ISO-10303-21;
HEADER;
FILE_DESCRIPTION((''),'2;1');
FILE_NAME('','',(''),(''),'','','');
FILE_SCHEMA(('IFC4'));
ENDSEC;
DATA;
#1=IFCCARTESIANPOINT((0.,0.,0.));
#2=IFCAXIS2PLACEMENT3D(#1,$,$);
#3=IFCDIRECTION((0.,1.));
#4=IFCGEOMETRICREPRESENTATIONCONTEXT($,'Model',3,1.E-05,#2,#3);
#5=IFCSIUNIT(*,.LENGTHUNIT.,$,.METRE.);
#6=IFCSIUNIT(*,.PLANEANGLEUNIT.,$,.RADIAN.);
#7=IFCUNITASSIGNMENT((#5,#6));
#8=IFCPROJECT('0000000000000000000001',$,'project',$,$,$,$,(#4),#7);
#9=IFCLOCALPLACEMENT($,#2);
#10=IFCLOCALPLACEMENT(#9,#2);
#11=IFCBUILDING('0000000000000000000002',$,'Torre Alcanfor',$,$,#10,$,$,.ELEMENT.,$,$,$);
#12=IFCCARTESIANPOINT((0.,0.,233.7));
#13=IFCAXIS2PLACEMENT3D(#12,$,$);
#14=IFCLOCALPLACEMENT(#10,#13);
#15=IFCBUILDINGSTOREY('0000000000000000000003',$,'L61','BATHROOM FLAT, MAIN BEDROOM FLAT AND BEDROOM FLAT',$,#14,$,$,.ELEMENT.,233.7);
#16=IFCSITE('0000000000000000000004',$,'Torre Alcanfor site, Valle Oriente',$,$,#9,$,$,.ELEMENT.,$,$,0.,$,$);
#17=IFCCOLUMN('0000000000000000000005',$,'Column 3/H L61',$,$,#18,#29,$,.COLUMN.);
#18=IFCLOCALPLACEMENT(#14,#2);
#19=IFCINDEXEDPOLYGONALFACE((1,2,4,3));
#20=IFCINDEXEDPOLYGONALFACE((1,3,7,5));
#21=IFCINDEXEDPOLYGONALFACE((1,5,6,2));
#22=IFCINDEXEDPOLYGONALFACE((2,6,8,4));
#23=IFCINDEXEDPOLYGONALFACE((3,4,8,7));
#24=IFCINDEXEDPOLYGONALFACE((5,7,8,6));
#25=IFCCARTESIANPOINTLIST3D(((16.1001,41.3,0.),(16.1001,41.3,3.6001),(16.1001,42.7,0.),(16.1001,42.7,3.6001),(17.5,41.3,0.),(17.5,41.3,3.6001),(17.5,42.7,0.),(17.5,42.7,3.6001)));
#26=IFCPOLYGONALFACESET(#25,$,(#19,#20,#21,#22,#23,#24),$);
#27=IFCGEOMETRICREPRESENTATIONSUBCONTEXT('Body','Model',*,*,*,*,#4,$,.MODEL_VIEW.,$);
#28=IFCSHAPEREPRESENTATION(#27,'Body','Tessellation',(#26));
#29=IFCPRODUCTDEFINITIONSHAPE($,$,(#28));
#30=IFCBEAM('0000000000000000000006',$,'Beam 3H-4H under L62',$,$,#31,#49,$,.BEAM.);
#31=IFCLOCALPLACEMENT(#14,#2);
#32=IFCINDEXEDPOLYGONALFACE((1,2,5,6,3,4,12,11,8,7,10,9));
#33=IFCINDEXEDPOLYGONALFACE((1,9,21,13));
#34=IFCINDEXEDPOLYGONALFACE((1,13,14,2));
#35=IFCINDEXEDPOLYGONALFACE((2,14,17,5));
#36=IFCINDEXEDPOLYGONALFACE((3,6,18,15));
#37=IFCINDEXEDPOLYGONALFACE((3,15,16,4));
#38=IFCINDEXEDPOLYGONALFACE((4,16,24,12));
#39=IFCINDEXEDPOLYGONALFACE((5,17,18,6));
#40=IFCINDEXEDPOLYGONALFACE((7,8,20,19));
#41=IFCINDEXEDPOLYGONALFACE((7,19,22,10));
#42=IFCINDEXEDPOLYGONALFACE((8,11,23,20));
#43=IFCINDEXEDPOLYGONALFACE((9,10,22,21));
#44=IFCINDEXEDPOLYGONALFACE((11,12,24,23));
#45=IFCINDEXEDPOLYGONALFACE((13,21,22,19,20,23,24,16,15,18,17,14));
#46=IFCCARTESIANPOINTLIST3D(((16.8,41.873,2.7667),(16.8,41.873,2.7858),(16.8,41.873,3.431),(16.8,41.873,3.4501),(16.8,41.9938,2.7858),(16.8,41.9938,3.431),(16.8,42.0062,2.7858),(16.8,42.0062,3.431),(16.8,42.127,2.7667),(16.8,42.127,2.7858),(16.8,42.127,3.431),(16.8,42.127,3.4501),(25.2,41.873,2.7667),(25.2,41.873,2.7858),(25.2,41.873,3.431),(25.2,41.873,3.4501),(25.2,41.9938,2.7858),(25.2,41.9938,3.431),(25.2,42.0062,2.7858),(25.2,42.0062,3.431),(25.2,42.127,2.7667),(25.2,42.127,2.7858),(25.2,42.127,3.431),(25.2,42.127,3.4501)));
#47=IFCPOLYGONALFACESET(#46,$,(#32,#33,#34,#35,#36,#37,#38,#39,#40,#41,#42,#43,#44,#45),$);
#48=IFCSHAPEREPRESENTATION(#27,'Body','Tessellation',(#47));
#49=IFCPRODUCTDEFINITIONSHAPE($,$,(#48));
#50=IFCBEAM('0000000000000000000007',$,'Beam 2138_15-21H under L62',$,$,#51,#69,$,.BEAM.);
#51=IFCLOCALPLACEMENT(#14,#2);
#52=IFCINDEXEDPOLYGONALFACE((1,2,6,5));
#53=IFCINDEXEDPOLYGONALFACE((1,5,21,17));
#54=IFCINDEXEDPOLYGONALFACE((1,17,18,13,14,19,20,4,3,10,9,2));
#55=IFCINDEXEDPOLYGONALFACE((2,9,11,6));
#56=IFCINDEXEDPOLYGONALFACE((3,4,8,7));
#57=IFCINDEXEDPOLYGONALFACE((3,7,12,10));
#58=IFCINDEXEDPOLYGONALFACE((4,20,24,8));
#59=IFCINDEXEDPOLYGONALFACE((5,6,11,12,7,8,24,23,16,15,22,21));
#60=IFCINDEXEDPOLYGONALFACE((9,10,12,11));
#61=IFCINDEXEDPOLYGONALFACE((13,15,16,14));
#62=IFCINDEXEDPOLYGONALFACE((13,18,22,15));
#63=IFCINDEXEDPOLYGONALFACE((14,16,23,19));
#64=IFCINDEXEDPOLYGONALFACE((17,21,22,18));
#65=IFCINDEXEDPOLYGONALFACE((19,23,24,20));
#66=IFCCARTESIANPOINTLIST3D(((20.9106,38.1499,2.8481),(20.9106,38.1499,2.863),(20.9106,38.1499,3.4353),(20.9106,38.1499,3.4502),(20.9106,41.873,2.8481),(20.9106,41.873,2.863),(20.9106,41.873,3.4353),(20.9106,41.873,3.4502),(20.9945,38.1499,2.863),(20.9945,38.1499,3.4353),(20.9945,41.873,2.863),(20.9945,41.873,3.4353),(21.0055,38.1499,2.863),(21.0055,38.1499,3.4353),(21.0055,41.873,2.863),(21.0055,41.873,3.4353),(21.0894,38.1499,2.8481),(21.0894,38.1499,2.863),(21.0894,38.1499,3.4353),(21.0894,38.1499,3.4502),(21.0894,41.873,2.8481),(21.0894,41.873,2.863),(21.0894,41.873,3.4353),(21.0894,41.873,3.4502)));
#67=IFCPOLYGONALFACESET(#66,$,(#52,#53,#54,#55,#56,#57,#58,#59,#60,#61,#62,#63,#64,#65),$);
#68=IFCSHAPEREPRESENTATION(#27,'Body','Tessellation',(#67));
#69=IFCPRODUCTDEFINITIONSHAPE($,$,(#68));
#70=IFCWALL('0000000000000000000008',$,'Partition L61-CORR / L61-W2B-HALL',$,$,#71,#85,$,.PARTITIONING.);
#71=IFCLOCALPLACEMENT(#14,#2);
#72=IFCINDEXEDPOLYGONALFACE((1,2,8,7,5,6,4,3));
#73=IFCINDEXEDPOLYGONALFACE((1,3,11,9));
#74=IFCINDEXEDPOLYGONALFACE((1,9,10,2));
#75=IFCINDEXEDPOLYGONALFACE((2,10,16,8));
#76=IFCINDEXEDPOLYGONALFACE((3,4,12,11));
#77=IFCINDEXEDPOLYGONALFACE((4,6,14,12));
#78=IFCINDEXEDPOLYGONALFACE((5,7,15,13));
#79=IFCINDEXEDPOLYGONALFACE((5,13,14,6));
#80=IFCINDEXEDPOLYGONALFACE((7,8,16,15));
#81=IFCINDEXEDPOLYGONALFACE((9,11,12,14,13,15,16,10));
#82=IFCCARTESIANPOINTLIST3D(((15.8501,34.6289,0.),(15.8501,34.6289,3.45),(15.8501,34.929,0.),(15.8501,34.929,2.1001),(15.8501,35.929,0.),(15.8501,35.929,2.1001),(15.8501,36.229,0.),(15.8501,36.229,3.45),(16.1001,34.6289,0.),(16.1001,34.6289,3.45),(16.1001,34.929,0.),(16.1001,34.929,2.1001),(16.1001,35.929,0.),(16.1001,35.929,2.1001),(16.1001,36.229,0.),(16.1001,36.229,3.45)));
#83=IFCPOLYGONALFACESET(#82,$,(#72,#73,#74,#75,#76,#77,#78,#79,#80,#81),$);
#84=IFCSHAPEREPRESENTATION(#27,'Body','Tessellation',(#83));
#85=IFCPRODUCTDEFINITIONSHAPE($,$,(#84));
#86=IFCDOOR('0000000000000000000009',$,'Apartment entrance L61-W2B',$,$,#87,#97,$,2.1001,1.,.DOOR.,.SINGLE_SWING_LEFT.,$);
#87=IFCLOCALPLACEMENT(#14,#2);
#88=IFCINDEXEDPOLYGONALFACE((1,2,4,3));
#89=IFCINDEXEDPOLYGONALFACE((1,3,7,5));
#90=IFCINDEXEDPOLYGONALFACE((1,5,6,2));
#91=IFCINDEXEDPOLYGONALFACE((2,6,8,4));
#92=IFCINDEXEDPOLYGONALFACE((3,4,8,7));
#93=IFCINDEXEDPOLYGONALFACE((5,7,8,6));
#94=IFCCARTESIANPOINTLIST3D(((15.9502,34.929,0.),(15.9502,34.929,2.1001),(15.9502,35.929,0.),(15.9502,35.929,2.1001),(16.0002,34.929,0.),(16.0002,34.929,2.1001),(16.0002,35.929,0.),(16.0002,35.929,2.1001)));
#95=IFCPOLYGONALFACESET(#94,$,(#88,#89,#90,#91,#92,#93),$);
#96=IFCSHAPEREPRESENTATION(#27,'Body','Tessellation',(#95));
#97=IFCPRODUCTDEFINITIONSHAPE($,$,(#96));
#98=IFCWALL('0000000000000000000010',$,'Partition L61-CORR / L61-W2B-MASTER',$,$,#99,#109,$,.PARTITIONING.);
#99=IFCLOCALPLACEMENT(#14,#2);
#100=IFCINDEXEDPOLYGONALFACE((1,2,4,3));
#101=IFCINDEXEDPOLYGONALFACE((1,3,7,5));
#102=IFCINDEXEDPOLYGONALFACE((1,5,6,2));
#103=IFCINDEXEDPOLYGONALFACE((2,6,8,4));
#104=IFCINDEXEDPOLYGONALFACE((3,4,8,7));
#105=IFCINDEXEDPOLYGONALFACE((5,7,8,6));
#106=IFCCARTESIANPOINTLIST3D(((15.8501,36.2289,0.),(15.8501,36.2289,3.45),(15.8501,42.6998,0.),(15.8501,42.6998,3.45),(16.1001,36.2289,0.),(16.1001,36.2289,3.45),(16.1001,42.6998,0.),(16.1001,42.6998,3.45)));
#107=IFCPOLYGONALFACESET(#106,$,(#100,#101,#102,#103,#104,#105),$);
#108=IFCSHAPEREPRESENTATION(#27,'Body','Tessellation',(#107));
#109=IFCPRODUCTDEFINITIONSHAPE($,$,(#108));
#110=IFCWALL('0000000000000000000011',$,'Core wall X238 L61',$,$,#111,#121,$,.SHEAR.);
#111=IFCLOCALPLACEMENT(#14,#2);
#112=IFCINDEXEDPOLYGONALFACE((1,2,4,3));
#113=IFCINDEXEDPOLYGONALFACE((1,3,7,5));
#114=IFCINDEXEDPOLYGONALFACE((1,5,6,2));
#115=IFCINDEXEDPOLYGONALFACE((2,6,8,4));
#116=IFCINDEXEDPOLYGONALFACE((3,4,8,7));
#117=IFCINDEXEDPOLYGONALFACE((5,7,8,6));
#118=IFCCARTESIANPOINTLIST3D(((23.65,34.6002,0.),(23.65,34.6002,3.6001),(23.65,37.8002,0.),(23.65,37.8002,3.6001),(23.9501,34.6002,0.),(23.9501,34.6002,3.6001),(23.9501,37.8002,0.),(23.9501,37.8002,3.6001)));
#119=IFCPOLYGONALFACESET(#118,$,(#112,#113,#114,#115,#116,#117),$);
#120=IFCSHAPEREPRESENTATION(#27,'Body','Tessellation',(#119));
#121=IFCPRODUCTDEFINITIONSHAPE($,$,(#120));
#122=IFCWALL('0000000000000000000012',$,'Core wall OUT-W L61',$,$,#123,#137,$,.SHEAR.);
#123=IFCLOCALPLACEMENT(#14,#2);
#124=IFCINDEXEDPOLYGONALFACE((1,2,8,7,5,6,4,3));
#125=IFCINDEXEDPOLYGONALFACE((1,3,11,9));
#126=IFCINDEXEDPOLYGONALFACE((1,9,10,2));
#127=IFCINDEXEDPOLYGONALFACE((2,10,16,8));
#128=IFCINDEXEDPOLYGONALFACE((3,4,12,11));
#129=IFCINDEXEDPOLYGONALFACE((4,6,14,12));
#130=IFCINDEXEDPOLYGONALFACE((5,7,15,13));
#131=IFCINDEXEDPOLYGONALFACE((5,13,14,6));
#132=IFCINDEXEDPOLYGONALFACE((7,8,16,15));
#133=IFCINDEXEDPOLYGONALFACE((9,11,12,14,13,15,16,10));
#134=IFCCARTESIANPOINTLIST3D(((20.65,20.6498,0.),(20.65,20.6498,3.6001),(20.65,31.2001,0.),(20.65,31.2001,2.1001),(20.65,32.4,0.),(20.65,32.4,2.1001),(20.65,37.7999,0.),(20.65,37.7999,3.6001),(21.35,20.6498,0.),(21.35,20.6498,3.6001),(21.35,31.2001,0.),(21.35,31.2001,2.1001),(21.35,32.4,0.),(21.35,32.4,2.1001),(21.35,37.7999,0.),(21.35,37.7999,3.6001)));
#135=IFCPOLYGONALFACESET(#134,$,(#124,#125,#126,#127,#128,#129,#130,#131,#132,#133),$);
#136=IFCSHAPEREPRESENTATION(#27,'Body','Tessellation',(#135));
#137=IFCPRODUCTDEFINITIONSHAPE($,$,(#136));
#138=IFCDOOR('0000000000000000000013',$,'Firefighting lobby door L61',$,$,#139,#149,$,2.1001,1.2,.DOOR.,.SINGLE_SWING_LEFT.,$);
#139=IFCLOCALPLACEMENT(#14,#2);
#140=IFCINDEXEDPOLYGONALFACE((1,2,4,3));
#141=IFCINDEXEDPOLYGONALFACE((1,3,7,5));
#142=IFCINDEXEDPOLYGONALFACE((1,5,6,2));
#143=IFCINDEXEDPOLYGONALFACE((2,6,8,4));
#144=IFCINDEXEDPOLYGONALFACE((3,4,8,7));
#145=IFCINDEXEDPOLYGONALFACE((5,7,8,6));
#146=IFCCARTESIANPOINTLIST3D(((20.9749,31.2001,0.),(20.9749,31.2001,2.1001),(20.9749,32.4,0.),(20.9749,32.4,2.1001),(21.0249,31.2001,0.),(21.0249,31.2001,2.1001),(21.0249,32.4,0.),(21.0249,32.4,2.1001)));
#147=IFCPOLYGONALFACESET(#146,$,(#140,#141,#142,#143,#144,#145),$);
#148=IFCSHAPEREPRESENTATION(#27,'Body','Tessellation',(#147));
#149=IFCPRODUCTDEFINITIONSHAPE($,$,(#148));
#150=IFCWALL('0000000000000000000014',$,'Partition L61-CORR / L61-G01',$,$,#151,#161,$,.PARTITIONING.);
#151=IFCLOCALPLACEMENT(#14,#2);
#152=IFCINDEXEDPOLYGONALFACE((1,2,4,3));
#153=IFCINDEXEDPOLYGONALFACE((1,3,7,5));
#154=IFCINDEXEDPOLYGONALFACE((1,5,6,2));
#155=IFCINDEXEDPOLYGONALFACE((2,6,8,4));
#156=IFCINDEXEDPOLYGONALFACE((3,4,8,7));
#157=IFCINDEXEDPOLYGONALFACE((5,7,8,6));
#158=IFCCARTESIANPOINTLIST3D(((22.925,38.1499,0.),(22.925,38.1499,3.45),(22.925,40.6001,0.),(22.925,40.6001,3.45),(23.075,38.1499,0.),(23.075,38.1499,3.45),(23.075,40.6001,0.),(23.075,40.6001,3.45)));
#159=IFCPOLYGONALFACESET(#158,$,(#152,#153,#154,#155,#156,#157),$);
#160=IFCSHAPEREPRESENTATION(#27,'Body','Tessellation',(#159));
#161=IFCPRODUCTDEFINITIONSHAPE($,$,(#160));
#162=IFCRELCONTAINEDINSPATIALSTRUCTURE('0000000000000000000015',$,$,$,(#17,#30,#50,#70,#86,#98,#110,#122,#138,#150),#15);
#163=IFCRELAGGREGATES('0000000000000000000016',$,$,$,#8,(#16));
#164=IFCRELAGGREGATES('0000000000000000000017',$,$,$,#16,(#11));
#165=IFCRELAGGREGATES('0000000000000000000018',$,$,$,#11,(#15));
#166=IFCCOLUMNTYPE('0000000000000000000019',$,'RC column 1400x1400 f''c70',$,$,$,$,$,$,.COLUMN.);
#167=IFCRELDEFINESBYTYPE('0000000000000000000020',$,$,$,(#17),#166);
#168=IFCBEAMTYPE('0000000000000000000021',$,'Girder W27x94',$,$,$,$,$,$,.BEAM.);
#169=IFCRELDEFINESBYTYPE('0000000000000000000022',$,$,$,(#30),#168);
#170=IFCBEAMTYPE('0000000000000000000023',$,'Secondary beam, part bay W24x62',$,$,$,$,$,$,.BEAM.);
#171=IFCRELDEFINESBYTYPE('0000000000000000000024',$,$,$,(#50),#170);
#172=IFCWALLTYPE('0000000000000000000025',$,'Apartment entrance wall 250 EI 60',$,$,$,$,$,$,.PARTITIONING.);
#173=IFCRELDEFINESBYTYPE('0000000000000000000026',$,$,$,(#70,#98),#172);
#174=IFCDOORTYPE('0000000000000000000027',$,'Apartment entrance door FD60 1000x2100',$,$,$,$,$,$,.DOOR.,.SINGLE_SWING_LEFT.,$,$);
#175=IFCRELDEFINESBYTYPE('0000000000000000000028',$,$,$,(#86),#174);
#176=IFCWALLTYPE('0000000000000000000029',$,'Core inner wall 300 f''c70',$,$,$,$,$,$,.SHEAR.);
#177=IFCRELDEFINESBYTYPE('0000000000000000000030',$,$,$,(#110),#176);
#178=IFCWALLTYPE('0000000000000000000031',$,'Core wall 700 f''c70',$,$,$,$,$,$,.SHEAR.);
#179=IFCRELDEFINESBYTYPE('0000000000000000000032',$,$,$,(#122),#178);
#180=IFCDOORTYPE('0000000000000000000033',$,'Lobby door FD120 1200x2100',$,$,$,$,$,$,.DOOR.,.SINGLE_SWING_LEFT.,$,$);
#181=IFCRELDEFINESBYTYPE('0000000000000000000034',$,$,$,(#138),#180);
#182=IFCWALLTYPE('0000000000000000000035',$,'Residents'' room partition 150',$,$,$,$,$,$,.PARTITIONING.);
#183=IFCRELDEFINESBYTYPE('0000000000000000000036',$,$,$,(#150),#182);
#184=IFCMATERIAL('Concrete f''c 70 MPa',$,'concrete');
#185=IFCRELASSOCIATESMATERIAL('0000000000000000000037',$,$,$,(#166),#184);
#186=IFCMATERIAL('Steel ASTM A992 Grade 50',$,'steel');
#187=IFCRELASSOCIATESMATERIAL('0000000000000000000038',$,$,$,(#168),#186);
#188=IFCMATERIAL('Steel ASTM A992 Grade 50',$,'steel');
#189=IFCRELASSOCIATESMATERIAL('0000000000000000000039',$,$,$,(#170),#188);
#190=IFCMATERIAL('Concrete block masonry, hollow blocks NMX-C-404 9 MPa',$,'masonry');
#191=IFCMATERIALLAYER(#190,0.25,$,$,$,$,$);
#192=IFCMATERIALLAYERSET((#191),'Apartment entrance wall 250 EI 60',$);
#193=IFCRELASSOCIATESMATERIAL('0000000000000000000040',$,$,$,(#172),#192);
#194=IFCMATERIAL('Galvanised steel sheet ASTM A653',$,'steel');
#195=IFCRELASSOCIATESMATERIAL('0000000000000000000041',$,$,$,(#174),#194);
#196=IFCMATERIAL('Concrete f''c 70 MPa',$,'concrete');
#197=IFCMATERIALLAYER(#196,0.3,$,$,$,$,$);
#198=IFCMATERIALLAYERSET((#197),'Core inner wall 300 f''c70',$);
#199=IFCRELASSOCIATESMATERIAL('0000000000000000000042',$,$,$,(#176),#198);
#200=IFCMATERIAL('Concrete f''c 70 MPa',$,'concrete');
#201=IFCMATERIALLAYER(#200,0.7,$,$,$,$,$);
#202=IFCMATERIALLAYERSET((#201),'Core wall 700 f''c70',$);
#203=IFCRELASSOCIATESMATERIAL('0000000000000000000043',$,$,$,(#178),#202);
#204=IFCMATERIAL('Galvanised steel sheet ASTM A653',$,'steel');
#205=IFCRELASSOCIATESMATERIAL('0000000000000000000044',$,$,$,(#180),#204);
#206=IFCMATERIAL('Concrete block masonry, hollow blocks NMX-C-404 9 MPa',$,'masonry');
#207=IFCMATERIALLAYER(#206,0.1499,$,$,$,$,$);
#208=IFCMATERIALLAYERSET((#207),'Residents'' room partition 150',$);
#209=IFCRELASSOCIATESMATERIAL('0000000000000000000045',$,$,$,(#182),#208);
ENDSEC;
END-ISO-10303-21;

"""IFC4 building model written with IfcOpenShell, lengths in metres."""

from ifc_helpers import new_model, si_unit, direction, frame, frame_2d, origin, origin_2d, place, context, subcontext, project, spatial, rectangle, i_section, extrude, material, layer, layer_set, material_profile, profile_set, type_object, element, fill, save


model = new_model("IFC4")

# Units and contexts
model_context = context("Model", 3, precision=1e-05, world=origin(), true_north=direction((0.0, 1.0)))
body_context = subcontext(model_context, "Body", "Model", "MODEL_VIEW")
ifc_project = project(units=[si_unit("LENGTHUNIT", "METRE"), si_unit("PLANEANGLEUNIT", "RADIAN")], contexts=[model_context])

# Site, building, storey
site_placement = place(None, origin())
site = spatial("IfcSite", under=ifc_project, at=site_placement, Name="Torre Alcanfor site, Valle Oriente", CompositionType="ELEMENT", RefElevation=0.0)
building_placement = place(site_placement, origin())
building = spatial("IfcBuilding", under=site, at=building_placement, Name="Torre Alcanfor", CompositionType="ELEMENT")
storey_placement = place(building_placement, frame((0.0, 0.0, 233.7)))
storey = spatial("IfcBuildingStorey", under=building, at=storey_placement, Name="L61", Description="BATHROOM FLAT, MAIN BEDROOM FLAT AND BEDROOM FLAT", CompositionType="ELEMENT", Elevation=233.7)

# Column
ifc_material_1 = material(Name="Concrete f'c 70 MPa", Category="concrete")
ifc_material_profile_1 = material_profile(ifc_material_1, rectangle(XDim=1.3999, YDim=1.3999, at=origin_2d()), Name="1400x1400")
ifc_profile_set_1 = profile_set([ifc_material_profile_1], Name="Concrete f'c 70 MPa")
column_type = type_object("IfcColumnType", Name="RC column 1400x1400 f'c70", PredefinedType="COLUMN", material=ifc_profile_set_1)
column_placement = place(storey_placement, frame((16.8, 42.0, 0.0), z_axis=(0.0, 0.0, 1.0), x_axis=(1.0, 0.0, 0.0)))
element("IfcColumn", 1, at=column_placement, inside=storey, type_object=column_type, Name="Column 3/H L61", PredefinedType="COLUMN", context=body_context, shape_type="SweptSolid", body=[
    extrude(rectangle(XDim=1.3999, YDim=1.3999, at=origin_2d()), origin(), (0.0, 0.0, 1.0), 3.6001),
])

# Beams
ifc_material_2 = material(Name="Steel ASTM A992 Grade 50", Category="steel")
ifc_material_profile_2 = material_profile(ifc_material_2, i_section(OverallWidth=0.2539, OverallDepth=0.6833, WebThickness=0.0125, FlangeThickness=0.019, at=origin_2d()), Name="W27x94")
ifc_profile_set_2 = profile_set([ifc_material_profile_2], Name="Steel ASTM A992 Grade 50")
beam_type_1 = type_object("IfcBeamType", Name="Girder W27x94", PredefinedType="BEAM", material=ifc_profile_set_2)
beam_1_placement = place(storey_placement, frame((16.8, 42.0, 3.1084), z_axis=(1.0, 0.0, 0.0), x_axis=(0.0, 1.0, 0.0)))
element("IfcBeam", 2, at=beam_1_placement, inside=storey, type_object=beam_type_1, Name="Beam 3H-4H under L62", PredefinedType="BEAM", context=body_context, shape_type="SweptSolid", body=[
    extrude(i_section(OverallWidth=0.2539, OverallDepth=0.6833, WebThickness=0.0125, FlangeThickness=0.019, at=origin_2d()), origin(), (0.0, 0.0, 1.0), 8.3999),
])
ifc_material_3 = material(Name="Steel ASTM A992 Grade 50", Category="steel")
ifc_material_profile_3 = material_profile(ifc_material_3, i_section(OverallWidth=0.1787, OverallDepth=0.6021, WebThickness=0.011, FlangeThickness=0.0149, at=origin_2d()), Name="W24x62")
ifc_profile_set_3 = profile_set([ifc_material_profile_3], Name="Steel ASTM A992 Grade 50")
beam_type_2 = type_object("IfcBeamType", Name="Secondary beam, part bay W24x62", PredefinedType="BEAM", material=ifc_profile_set_3)
beam_2_placement = place(storey_placement, frame((21.0, 38.1499, 3.1492), z_axis=(0.0, 1.0, 0.0), x_axis=(-1.0, 0.0, 0.0)))
element("IfcBeam", 3, at=beam_2_placement, inside=storey, type_object=beam_type_2, Name="Beam 2138_15-21H under L62", PredefinedType="BEAM", context=body_context, shape_type="SweptSolid", body=[
    extrude(i_section(OverallWidth=0.1787, OverallDepth=0.6021, WebThickness=0.011, FlangeThickness=0.0149, at=origin_2d()), origin(), (0.0, 0.0, 1.0), 3.7231),
])

# Wall, opening, door
ifc_material_4 = material(Name="Concrete block masonry, hollow blocks NMX-C-404 9 MPa", Category="masonry")
ifc_layer_1 = layer(ifc_material_4, 0.25)
ifc_layer_set_1 = layer_set([ifc_layer_1], Name="Apartment entrance wall 250 EI 60")
wall_type_1 = type_object("IfcWallType", Name="Apartment entrance wall 250 EI 60", PredefinedType="PARTITIONING", material=ifc_layer_set_1)
wall_1_placement = place(storey_placement, frame((15.9751, 34.6289, 0.0), z_axis=(0.0, 0.0, 1.0), x_axis=(0.0, 1.0, 0.0)))
wall_1 = element("IfcWall", 4, at=wall_1_placement, inside=storey, type_object=wall_type_1, Name="Partition L61-CORR / L61-W2B-HALL", PredefinedType="PARTITIONING", context=body_context, shape_type="SweptSolid", body=[
    extrude(rectangle(XDim=1.6001, YDim=0.25, at=frame_2d((0.8, 0.0))), origin(), (0.0, 0.0, 1.0), 3.45),
])
opening_1_placement = place(wall_1_placement, frame((0.3, 0.0, 0.0)))
opening_1 = element("IfcOpeningElement", 5, at=opening_1_placement, cuts=wall_1, PredefinedType="OPENING", context=body_context, shape_type="SweptSolid", body=[
    extrude(rectangle(XDim=1.0, YDim=2.1001, at=frame_2d((0.5, 1.05))), frame((0.0, 0.135, 0.0), z_axis=(0.0, -1.0, 0.0), x_axis=(1.0, 0.0, 0.0)), (0.0, 0.0, 1.0), 0.27),
])
ifc_material_5 = material(Name="Galvanised steel sheet ASTM A653", Category="steel")
door_type_1 = type_object("IfcDoorType", Name="Apartment entrance door FD60 1000x2100", OperationType="SINGLE_SWING_LEFT", PredefinedType="DOOR", material=ifc_material_5)
door_1_placement = place(opening_1_placement, origin())
door_1 = element("IfcDoor", 6, at=door_1_placement, inside=storey, type_object=door_type_1, Name="Apartment entrance L61-W2B", OperationType="SINGLE_SWING_LEFT", OverallHeight=2.1001, OverallWidth=1.0, PredefinedType="DOOR", context=body_context, shape_type="SweptSolid", body=[
    extrude(rectangle(XDim=1.0, YDim=2.1001, at=frame_2d((0.5, 1.05))), frame((0.0, 0.0249, 0.0), z_axis=(0.0, -1.0, 0.0), x_axis=(1.0, 0.0, 0.0)), (0.0, 0.0, 1.0), 0.05),
])
fill(opening_1, door_1)

# Walls
wall_2_placement = place(storey_placement, frame((15.9751, 36.229, 0.0), z_axis=(0.0, 0.0, 1.0), x_axis=(0.0, 1.0, 0.0)))
element("IfcWall", 7, at=wall_2_placement, inside=storey, type_object=wall_type_1, Name="Partition L61-CORR / L61-W2B-MASTER", PredefinedType="PARTITIONING", context=body_context, shape_type="SweptSolid", body=[
    extrude(rectangle(XDim=6.4709, YDim=0.25, at=frame_2d((3.2354, 0.0))), origin(), (0.0, 0.0, 1.0), 3.45),
])
ifc_material_6 = material(Name="Concrete f'c 70 MPa", Category="concrete")
ifc_layer_2 = layer(ifc_material_6, 0.3)
ifc_layer_set_2 = layer_set([ifc_layer_2], Name="Core inner wall 300 f'c70")
wall_type_2 = type_object("IfcWallType", Name="Core inner wall 300 f'c70", PredefinedType="SHEAR", material=ifc_layer_set_2)
wall_3_placement = place(storey_placement, frame((23.8, 34.6001, 0.0), z_axis=(0.0, 0.0, 1.0), x_axis=(0.0, 1.0, 0.0)))
element("IfcWall", 8, at=wall_3_placement, inside=storey, type_object=wall_type_2, Name="Core wall X238 L61", PredefinedType="SHEAR", context=body_context, shape_type="SweptSolid", body=[
    extrude(rectangle(XDim=3.2, YDim=0.3, at=frame_2d((1.6001, 0.0))), origin(), (0.0, 0.0, 1.0), 3.6001),
])

# Wall, opening, door
ifc_material_7 = material(Name="Concrete f'c 70 MPa", Category="concrete")
ifc_layer_3 = layer(ifc_material_7, 0.7)
ifc_layer_set_3 = layer_set([ifc_layer_3], Name="Core wall 700 f'c70")
wall_type_3 = type_object("IfcWallType", Name="Core wall 700 f'c70", PredefinedType="SHEAR", material=ifc_layer_set_3)
wall_4_placement = place(storey_placement, frame((21.0, 37.8, 0.0), z_axis=(0.0, 0.0, 1.0), x_axis=(0.0, -1.0, 0.0)))
wall_4 = element("IfcWall", 9, at=wall_4_placement, inside=storey, type_object=wall_type_3, Name="Core wall OUT-W L61", PredefinedType="SHEAR", context=body_context, shape_type="SweptSolid", body=[
    extrude(rectangle(XDim=17.1501, YDim=0.7, at=frame_2d((8.5752, 0.0))), origin(), (0.0, 0.0, 1.0), 3.6001),
])
opening_2_placement = place(wall_4_placement, frame((5.3999, 0.0, 0.0)))
opening_2 = element("IfcOpeningElement", 10, at=opening_2_placement, cuts=wall_4, PredefinedType="OPENING", context=body_context, shape_type="SweptSolid", body=[
    extrude(rectangle(XDim=1.2, YDim=2.1001, at=frame_2d((0.6001, 1.05))), frame((0.0, 0.3599, 0.0), z_axis=(0.0, -1.0, 0.0), x_axis=(1.0, 0.0, 0.0)), (0.0, 0.0, 1.0), 0.72),
])
ifc_material_8 = material(Name="Galvanised steel sheet ASTM A653", Category="steel")
door_type_2 = type_object("IfcDoorType", Name="Lobby door FD120 1200x2100", OperationType="SINGLE_SWING_LEFT", PredefinedType="DOOR", material=ifc_material_8)
door_2_placement = place(opening_2_placement, origin())
door_2 = element("IfcDoor", 11, at=door_2_placement, inside=storey, type_object=door_type_2, Name="Firefighting lobby door L61", OperationType="SINGLE_SWING_LEFT", OverallHeight=2.1001, OverallWidth=1.2, PredefinedType="DOOR", context=body_context, shape_type="SweptSolid", body=[
    extrude(rectangle(XDim=1.2, YDim=2.1001, at=frame_2d((0.6001, 1.05))), frame((0.0, 0.0249, 0.0), z_axis=(0.0, -1.0, 0.0), x_axis=(1.0, 0.0, 0.0)), (0.0, 0.0, 1.0), 0.05),
])
fill(opening_2, door_2)

# Wall
ifc_material_9 = material(Name="Concrete block masonry, hollow blocks NMX-C-404 9 MPa", Category="masonry")
ifc_layer_4 = layer(ifc_material_9, 0.1499)
ifc_layer_set_4 = layer_set([ifc_layer_4], Name="Residents' room partition 150")
wall_type_4 = type_object("IfcWallType", Name="Residents' room partition 150", PredefinedType="PARTITIONING", material=ifc_layer_set_4)
wall_5_placement = place(storey_placement, frame((23.0, 38.1499, 0.0), z_axis=(0.0, 0.0, 1.0), x_axis=(0.0, 1.0, 0.0)))
element("IfcWall", 12, at=wall_5_placement, inside=storey, type_object=wall_type_4, Name="Partition L61-CORR / L61-G01", PredefinedType="PARTITIONING", context=body_context, shape_type="SweptSolid", body=[
    extrude(rectangle(XDim=2.4502, YDim=0.1499, at=frame_2d((1.2251, 0.0))), origin(), (0.0, 0.0, 1.0), 3.45),
])

save(model, "model.ifc")
